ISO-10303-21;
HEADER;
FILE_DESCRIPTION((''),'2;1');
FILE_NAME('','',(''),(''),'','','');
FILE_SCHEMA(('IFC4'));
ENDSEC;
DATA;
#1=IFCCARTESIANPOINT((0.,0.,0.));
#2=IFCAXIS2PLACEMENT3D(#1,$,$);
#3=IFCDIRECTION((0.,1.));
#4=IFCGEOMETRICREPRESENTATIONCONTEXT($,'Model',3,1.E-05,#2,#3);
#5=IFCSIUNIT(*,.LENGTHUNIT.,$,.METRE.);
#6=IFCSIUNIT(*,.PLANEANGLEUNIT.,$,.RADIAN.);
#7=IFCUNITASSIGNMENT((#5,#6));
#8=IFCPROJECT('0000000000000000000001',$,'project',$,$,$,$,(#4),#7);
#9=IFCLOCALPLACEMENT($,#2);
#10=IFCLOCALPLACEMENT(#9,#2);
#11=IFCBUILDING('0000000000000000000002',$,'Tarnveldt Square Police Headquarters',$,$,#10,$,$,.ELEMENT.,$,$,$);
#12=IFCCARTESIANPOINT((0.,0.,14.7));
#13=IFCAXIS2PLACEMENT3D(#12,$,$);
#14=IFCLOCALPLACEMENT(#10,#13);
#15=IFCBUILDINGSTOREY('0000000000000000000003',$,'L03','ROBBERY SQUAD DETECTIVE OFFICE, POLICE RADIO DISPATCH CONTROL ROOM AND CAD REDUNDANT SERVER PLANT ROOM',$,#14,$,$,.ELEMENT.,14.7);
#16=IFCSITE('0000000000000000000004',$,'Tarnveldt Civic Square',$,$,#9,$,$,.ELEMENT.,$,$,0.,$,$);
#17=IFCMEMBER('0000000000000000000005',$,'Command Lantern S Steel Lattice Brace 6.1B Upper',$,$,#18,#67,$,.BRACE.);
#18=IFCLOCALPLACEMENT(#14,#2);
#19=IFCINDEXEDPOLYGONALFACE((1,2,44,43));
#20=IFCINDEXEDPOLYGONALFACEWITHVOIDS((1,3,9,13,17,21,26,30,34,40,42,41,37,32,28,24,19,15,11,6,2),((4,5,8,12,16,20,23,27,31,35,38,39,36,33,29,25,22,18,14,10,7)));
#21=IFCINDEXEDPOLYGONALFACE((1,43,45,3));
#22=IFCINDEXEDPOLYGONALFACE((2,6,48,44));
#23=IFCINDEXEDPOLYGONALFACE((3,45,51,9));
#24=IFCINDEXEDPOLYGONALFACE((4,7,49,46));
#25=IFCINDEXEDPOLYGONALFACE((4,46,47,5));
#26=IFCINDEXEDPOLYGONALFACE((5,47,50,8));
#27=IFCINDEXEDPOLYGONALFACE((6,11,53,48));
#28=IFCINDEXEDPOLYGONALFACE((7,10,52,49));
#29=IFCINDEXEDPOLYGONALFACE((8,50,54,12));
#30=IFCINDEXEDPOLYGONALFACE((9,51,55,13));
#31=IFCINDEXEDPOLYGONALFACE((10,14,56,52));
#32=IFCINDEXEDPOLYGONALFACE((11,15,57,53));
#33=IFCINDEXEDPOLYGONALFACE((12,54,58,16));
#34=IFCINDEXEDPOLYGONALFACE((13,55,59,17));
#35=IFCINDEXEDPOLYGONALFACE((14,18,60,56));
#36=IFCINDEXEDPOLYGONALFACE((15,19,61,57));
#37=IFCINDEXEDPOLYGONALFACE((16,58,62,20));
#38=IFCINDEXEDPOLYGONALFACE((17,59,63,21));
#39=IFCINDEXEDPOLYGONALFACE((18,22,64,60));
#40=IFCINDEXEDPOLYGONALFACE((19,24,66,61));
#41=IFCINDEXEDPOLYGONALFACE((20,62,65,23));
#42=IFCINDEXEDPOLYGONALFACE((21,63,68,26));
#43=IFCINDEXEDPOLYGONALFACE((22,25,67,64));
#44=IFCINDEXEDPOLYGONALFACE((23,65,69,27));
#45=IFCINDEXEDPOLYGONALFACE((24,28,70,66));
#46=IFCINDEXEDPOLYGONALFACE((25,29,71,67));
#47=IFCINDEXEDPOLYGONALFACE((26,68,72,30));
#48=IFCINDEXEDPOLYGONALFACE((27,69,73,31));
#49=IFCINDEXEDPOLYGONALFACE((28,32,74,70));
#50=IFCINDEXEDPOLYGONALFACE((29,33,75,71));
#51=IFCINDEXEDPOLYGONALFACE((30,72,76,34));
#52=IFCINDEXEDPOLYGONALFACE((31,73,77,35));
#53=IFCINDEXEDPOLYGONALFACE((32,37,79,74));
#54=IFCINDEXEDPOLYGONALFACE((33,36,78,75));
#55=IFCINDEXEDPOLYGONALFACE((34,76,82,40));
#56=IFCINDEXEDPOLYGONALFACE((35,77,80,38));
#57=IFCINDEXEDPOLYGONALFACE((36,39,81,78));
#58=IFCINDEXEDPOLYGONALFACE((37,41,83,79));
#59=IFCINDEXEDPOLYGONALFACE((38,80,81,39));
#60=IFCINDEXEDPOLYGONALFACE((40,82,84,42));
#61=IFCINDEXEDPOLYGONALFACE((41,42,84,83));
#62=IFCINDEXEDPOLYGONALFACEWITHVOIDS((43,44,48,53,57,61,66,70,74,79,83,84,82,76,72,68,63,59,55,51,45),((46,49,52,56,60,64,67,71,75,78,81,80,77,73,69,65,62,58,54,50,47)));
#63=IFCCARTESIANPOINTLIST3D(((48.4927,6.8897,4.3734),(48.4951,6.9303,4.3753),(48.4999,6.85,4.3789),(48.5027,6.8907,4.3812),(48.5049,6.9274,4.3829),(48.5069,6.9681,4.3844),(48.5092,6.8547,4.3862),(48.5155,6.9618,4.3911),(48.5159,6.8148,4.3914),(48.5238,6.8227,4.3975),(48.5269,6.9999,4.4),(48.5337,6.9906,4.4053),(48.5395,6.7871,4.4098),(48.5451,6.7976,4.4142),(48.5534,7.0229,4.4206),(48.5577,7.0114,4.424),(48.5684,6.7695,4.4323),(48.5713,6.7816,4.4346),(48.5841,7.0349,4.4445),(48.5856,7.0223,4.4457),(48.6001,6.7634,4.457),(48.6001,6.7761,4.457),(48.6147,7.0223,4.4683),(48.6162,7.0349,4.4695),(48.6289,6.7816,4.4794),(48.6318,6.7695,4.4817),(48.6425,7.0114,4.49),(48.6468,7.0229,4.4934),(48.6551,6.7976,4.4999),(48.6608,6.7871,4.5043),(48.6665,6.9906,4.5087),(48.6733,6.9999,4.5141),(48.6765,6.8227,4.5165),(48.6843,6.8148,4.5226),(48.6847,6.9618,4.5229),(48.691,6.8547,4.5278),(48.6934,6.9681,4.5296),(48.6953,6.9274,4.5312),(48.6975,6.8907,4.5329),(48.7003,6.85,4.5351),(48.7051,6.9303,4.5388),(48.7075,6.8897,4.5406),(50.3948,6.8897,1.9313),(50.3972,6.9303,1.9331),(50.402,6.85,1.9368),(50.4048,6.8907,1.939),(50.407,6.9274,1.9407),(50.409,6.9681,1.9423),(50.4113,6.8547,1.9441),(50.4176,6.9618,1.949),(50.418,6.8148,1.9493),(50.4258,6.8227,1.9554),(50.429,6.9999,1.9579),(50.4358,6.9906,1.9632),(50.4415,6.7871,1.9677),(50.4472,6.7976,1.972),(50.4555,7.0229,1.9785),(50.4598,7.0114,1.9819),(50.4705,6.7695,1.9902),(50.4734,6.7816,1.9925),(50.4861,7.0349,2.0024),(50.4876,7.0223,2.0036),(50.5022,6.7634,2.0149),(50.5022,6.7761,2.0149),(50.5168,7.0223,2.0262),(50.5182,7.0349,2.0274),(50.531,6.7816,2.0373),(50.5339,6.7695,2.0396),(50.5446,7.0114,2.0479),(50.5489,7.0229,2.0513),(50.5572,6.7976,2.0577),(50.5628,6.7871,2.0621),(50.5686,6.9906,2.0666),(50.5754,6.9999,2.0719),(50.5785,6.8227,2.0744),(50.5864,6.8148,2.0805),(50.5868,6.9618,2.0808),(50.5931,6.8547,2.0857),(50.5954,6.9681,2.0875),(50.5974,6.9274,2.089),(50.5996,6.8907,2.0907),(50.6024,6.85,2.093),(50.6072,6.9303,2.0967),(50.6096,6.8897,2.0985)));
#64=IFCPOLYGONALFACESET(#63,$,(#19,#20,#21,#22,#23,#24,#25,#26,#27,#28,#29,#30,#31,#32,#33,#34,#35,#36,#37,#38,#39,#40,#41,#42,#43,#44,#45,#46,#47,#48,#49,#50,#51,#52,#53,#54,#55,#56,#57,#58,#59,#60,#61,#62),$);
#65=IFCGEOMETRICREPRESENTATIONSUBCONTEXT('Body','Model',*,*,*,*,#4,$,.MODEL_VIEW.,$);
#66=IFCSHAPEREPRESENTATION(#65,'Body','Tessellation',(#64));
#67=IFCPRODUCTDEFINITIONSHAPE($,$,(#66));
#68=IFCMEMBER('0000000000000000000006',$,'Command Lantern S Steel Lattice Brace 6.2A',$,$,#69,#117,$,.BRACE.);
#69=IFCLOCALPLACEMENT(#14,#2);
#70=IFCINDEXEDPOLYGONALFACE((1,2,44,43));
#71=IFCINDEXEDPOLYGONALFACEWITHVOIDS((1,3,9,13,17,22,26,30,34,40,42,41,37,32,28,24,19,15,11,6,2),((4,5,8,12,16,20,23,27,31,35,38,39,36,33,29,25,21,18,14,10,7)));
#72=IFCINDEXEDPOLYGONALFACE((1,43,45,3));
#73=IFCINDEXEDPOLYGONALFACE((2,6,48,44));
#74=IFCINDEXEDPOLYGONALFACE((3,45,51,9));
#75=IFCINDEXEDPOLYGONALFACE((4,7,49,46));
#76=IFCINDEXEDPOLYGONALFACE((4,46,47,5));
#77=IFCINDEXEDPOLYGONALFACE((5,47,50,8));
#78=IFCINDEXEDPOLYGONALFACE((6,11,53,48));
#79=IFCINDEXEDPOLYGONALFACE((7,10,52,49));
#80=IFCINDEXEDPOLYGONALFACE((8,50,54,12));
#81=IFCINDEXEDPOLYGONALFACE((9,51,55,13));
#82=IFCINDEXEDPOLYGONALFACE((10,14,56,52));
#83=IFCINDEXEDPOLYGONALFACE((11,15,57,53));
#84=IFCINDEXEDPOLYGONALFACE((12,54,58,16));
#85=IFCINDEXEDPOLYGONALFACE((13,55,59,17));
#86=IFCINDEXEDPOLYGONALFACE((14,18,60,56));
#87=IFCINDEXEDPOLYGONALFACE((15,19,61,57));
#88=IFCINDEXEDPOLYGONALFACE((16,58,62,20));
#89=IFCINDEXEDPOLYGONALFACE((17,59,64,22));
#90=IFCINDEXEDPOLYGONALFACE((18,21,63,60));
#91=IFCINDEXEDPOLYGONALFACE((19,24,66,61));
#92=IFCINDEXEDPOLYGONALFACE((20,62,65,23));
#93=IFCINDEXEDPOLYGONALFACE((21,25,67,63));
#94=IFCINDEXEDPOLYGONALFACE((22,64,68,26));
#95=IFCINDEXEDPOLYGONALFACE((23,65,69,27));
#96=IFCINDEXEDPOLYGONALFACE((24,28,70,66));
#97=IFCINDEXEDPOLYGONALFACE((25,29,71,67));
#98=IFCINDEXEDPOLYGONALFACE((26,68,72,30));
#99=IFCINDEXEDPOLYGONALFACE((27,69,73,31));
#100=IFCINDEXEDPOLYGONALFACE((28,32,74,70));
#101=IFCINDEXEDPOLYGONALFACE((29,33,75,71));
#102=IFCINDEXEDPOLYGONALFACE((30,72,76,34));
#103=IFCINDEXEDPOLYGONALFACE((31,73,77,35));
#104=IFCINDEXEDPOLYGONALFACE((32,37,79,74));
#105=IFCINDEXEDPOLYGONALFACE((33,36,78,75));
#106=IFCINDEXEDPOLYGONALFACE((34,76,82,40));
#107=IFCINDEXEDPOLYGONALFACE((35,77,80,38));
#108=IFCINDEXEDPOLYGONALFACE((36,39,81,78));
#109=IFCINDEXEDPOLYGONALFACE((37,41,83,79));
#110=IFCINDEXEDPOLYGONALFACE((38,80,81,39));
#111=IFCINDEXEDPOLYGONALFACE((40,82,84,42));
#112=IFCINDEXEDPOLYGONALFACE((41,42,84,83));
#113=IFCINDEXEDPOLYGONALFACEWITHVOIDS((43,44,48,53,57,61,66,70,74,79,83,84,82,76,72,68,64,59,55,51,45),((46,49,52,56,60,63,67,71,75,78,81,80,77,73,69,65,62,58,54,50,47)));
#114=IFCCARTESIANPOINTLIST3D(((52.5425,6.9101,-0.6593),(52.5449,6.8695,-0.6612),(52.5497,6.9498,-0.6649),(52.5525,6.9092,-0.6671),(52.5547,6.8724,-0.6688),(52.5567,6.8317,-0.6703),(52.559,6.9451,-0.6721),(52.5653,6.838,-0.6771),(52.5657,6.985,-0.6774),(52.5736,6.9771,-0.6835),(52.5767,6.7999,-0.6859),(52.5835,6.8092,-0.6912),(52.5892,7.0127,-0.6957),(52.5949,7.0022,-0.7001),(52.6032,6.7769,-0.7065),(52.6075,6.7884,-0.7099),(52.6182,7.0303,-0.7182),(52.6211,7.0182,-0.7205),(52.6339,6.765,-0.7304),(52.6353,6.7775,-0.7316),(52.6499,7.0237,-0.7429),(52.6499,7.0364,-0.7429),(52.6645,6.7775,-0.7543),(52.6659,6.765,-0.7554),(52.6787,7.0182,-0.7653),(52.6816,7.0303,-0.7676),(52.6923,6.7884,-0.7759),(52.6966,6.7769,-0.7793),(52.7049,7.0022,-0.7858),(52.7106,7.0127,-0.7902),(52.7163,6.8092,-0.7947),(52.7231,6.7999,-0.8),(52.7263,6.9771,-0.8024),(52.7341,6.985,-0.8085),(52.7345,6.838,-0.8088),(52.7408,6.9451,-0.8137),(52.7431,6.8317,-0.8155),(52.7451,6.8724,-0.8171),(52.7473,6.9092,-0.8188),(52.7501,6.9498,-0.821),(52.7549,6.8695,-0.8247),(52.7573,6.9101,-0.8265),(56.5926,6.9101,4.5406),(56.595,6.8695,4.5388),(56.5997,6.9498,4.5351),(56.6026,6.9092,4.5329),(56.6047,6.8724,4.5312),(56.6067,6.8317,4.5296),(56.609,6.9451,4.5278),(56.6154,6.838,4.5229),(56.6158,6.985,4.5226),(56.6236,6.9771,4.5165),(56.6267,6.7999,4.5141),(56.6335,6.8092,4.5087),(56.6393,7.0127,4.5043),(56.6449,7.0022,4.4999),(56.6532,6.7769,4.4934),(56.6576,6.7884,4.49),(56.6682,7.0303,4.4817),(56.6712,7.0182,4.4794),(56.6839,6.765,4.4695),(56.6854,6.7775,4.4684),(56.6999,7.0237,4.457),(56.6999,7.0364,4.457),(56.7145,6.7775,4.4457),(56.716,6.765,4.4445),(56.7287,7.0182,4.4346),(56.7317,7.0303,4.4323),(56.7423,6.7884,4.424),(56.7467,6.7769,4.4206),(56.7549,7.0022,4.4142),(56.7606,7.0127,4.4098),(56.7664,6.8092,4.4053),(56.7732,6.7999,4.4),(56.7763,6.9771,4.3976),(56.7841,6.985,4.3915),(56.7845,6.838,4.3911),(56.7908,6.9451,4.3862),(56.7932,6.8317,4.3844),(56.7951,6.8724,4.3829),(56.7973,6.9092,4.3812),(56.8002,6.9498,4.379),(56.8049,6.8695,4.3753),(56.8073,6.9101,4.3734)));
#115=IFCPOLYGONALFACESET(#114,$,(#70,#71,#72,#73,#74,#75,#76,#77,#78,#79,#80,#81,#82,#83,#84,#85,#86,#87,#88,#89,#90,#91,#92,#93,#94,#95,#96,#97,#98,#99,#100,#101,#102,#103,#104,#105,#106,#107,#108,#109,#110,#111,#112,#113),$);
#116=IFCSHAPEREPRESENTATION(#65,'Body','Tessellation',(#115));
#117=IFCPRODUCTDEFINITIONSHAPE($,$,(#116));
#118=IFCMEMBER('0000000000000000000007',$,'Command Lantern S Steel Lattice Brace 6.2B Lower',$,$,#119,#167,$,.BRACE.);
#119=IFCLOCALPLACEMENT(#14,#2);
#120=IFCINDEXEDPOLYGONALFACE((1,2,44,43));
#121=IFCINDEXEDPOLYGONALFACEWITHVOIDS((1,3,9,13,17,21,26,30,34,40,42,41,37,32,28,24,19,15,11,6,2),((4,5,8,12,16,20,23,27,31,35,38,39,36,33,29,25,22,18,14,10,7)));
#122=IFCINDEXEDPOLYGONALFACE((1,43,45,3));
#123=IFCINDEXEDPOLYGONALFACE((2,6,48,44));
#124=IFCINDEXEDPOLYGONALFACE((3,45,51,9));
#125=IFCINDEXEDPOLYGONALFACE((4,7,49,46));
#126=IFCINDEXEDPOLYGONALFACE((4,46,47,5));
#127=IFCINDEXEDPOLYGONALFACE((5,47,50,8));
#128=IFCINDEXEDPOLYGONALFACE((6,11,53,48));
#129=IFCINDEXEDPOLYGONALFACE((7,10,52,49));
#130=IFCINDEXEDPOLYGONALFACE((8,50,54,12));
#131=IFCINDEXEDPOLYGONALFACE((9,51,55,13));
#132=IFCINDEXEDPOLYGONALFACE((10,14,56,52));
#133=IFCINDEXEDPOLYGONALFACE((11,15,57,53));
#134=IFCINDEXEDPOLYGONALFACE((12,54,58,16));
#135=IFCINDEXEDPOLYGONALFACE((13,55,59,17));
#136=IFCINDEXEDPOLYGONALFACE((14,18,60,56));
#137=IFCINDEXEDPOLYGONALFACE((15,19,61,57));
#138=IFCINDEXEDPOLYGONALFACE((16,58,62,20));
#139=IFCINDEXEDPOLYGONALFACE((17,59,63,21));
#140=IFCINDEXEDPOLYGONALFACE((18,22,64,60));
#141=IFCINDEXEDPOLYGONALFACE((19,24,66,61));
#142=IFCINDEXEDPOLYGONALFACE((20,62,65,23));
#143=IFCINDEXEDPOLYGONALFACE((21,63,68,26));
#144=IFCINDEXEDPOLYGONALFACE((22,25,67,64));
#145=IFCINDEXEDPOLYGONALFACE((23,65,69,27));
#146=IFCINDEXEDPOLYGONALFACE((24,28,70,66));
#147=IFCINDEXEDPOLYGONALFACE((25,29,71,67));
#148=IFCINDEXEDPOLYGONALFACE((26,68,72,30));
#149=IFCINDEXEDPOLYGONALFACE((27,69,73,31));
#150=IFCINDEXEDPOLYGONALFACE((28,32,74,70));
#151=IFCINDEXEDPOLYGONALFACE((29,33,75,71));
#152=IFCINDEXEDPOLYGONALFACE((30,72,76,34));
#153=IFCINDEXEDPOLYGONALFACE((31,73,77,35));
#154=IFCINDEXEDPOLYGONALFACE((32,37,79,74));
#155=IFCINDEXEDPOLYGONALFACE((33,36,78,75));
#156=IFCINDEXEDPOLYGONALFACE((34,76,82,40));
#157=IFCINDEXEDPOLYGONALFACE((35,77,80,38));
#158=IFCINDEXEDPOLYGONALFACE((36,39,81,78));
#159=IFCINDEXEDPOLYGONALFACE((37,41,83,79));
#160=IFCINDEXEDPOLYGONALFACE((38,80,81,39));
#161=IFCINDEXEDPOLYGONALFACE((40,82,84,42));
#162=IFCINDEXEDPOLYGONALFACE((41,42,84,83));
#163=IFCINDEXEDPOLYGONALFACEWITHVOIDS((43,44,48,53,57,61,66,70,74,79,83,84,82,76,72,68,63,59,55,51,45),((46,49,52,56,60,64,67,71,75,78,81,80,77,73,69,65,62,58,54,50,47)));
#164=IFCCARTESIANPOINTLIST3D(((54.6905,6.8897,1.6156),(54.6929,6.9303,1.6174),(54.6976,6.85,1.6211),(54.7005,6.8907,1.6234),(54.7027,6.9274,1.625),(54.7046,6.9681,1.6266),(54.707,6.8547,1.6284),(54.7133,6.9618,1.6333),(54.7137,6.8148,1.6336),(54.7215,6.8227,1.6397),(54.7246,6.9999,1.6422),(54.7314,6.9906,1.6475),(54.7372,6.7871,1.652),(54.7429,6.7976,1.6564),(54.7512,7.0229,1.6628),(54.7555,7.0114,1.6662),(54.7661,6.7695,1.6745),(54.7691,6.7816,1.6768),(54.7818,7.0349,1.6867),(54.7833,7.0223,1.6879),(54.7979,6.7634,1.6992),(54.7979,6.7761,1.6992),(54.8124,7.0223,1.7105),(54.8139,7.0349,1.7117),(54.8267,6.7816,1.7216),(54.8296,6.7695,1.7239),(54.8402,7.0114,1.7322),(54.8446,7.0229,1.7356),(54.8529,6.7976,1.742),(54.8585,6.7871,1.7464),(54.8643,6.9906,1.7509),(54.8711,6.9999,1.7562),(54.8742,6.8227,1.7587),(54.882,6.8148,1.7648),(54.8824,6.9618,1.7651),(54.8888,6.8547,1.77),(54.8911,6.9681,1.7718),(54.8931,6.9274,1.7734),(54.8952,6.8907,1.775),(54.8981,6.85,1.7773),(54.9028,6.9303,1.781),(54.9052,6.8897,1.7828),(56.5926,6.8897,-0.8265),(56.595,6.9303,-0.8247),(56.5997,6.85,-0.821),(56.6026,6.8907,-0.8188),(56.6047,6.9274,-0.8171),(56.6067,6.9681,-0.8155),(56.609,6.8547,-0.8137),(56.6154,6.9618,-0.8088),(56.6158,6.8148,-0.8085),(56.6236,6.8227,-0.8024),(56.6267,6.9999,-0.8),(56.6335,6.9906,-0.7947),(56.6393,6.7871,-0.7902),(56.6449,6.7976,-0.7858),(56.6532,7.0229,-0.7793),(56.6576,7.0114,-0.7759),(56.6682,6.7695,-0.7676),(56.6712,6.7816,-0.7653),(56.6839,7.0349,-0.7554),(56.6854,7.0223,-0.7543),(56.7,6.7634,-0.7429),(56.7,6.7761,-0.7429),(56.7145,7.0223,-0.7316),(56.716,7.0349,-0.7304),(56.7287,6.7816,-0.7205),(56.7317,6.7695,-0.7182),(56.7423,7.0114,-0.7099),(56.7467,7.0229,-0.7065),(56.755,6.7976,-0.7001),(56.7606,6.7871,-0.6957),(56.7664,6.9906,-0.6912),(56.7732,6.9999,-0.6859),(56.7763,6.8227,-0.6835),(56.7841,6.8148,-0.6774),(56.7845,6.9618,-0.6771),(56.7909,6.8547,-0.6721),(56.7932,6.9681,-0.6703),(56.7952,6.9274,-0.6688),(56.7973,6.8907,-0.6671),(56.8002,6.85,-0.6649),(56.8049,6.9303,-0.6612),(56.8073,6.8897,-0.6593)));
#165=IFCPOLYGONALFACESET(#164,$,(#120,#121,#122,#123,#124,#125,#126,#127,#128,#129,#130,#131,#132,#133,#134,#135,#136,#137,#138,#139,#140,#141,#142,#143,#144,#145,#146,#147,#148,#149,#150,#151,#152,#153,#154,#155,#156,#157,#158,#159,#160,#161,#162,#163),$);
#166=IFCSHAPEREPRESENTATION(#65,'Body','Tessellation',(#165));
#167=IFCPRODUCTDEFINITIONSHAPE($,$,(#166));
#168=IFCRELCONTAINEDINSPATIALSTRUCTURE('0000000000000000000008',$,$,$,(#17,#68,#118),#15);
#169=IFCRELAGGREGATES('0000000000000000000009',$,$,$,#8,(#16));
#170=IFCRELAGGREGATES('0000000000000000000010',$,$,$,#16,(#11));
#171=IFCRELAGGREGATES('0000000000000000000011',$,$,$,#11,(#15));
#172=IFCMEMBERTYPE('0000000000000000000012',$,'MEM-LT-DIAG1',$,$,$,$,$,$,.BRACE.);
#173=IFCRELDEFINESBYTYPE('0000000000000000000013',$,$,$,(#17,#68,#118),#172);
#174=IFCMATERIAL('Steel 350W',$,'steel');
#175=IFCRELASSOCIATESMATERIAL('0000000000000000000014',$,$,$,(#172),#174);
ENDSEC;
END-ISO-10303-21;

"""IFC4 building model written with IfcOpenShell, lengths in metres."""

from ifc_helpers import new_model, si_unit, direction, frame, origin, origin_2d, place, context, subcontext, project, spatial, hollow_circle, extrude, material, material_profile, profile_set, type_object, element, save


model = new_model("IFC4")

# Units and contexts
model_context = context("Model", 3, precision=1e-05, world=origin(), true_north=direction((0.0, 1.0)))
body_context = subcontext(model_context, "Body", "Model", "MODEL_VIEW")
ifc_project = project(units=[si_unit("LENGTHUNIT", "METRE"), si_unit("PLANEANGLEUNIT", "RADIAN")], contexts=[model_context])

# Site, building, storey
site_placement = place(None, origin())
site = spatial("IfcSite", under=ifc_project, at=site_placement, Name="Tarnveldt Civic Square", CompositionType="ELEMENT", RefElevation=0.0)
building_placement = place(site_placement, origin())
building = spatial("IfcBuilding", under=site, at=building_placement, Name="Tarnveldt Square Police Headquarters", CompositionType="ELEMENT")
storey_placement = place(building_placement, frame((0.0, 0.0, 14.7)))
storey = spatial("IfcBuildingStorey", under=building, at=storey_placement, Name="L03", Description="ROBBERY SQUAD DETECTIVE OFFICE, POLICE RADIO DISPATCH CONTROL ROOM AND CAD REDUNDANT SERVER PLANT ROOM", CompositionType="ELEMENT", Elevation=14.7)

# Shared definitions
ifc_material_1 = material(Name="Steel 350W", Category="steel")

# Members
ifc_material_profile_1 = material_profile(ifc_material_1, hollow_circle(Radius=0.1365, WallThickness=0.0127, at=origin_2d()), Name="HSS273x13")
ifc_profile_set_1 = profile_set([ifc_material_profile_1], Name="Steel 350W")
member_type_1 = type_object("IfcMemberType", Name="MEM-LT-DIAG1", PredefinedType="BRACE", material=ifc_profile_set_1)
for number, where, z_axis, x_axis, name in (
    (1, (50.5022, 6.8999, 2.0149), (-0.614476, 0.0, 0.788936), (0.0, -1.0, 0.0), "Command Lantern S Steel Lattice Brace 6.1B Upper"),
):
    element("IfcMember", number, at=place(storey_placement, frame(where, z_axis=z_axis, x_axis=x_axis)), inside=storey, type_object=member_type_1, Name=name, PredefinedType="BRACE", context=body_context, shape_type="SweptSolid", body=[
        extrude(hollow_circle(Radius=0.1365, WallThickness=0.0127, at=origin_2d()), origin(), (0.0, 0.0, 1.0), 3.0955),
    ])
member_1_placement = place(storey_placement, frame((52.6499, 6.8999, -0.7429), z_axis=(0.614474, 0.0, 0.788937), x_axis=(0.0, 1.0, 0.0)))
element("IfcMember", 2, at=member_1_placement, inside=storey, type_object=member_type_1, Name="Command Lantern S Steel Lattice Brace 6.2A", PredefinedType="BRACE", context=body_context, shape_type="SweptSolid", body=[
    extrude(hollow_circle(Radius=0.1365, WallThickness=0.0127, at=origin_2d()), origin(), (0.0, 0.0, 1.0), 6.5911),
])
for number, where, z_axis, x_axis, name in (
    (3, (56.7, 6.8999, -0.7429), (-0.614476, 0.0, 0.788936), (0.0, -1.0, 0.0), "Command Lantern S Steel Lattice Brace 6.2B Lower"),
):
    element("IfcMember", number, at=place(storey_placement, frame(where, z_axis=z_axis, x_axis=x_axis)), inside=storey, type_object=member_type_1, Name=name, PredefinedType="BRACE", context=body_context, shape_type="SweptSolid", body=[
        extrude(hollow_circle(Radius=0.1365, WallThickness=0.0127, at=origin_2d()), origin(), (0.0, 0.0, 1.0), 3.0955),
    ])

save(model, "model.ifc")
